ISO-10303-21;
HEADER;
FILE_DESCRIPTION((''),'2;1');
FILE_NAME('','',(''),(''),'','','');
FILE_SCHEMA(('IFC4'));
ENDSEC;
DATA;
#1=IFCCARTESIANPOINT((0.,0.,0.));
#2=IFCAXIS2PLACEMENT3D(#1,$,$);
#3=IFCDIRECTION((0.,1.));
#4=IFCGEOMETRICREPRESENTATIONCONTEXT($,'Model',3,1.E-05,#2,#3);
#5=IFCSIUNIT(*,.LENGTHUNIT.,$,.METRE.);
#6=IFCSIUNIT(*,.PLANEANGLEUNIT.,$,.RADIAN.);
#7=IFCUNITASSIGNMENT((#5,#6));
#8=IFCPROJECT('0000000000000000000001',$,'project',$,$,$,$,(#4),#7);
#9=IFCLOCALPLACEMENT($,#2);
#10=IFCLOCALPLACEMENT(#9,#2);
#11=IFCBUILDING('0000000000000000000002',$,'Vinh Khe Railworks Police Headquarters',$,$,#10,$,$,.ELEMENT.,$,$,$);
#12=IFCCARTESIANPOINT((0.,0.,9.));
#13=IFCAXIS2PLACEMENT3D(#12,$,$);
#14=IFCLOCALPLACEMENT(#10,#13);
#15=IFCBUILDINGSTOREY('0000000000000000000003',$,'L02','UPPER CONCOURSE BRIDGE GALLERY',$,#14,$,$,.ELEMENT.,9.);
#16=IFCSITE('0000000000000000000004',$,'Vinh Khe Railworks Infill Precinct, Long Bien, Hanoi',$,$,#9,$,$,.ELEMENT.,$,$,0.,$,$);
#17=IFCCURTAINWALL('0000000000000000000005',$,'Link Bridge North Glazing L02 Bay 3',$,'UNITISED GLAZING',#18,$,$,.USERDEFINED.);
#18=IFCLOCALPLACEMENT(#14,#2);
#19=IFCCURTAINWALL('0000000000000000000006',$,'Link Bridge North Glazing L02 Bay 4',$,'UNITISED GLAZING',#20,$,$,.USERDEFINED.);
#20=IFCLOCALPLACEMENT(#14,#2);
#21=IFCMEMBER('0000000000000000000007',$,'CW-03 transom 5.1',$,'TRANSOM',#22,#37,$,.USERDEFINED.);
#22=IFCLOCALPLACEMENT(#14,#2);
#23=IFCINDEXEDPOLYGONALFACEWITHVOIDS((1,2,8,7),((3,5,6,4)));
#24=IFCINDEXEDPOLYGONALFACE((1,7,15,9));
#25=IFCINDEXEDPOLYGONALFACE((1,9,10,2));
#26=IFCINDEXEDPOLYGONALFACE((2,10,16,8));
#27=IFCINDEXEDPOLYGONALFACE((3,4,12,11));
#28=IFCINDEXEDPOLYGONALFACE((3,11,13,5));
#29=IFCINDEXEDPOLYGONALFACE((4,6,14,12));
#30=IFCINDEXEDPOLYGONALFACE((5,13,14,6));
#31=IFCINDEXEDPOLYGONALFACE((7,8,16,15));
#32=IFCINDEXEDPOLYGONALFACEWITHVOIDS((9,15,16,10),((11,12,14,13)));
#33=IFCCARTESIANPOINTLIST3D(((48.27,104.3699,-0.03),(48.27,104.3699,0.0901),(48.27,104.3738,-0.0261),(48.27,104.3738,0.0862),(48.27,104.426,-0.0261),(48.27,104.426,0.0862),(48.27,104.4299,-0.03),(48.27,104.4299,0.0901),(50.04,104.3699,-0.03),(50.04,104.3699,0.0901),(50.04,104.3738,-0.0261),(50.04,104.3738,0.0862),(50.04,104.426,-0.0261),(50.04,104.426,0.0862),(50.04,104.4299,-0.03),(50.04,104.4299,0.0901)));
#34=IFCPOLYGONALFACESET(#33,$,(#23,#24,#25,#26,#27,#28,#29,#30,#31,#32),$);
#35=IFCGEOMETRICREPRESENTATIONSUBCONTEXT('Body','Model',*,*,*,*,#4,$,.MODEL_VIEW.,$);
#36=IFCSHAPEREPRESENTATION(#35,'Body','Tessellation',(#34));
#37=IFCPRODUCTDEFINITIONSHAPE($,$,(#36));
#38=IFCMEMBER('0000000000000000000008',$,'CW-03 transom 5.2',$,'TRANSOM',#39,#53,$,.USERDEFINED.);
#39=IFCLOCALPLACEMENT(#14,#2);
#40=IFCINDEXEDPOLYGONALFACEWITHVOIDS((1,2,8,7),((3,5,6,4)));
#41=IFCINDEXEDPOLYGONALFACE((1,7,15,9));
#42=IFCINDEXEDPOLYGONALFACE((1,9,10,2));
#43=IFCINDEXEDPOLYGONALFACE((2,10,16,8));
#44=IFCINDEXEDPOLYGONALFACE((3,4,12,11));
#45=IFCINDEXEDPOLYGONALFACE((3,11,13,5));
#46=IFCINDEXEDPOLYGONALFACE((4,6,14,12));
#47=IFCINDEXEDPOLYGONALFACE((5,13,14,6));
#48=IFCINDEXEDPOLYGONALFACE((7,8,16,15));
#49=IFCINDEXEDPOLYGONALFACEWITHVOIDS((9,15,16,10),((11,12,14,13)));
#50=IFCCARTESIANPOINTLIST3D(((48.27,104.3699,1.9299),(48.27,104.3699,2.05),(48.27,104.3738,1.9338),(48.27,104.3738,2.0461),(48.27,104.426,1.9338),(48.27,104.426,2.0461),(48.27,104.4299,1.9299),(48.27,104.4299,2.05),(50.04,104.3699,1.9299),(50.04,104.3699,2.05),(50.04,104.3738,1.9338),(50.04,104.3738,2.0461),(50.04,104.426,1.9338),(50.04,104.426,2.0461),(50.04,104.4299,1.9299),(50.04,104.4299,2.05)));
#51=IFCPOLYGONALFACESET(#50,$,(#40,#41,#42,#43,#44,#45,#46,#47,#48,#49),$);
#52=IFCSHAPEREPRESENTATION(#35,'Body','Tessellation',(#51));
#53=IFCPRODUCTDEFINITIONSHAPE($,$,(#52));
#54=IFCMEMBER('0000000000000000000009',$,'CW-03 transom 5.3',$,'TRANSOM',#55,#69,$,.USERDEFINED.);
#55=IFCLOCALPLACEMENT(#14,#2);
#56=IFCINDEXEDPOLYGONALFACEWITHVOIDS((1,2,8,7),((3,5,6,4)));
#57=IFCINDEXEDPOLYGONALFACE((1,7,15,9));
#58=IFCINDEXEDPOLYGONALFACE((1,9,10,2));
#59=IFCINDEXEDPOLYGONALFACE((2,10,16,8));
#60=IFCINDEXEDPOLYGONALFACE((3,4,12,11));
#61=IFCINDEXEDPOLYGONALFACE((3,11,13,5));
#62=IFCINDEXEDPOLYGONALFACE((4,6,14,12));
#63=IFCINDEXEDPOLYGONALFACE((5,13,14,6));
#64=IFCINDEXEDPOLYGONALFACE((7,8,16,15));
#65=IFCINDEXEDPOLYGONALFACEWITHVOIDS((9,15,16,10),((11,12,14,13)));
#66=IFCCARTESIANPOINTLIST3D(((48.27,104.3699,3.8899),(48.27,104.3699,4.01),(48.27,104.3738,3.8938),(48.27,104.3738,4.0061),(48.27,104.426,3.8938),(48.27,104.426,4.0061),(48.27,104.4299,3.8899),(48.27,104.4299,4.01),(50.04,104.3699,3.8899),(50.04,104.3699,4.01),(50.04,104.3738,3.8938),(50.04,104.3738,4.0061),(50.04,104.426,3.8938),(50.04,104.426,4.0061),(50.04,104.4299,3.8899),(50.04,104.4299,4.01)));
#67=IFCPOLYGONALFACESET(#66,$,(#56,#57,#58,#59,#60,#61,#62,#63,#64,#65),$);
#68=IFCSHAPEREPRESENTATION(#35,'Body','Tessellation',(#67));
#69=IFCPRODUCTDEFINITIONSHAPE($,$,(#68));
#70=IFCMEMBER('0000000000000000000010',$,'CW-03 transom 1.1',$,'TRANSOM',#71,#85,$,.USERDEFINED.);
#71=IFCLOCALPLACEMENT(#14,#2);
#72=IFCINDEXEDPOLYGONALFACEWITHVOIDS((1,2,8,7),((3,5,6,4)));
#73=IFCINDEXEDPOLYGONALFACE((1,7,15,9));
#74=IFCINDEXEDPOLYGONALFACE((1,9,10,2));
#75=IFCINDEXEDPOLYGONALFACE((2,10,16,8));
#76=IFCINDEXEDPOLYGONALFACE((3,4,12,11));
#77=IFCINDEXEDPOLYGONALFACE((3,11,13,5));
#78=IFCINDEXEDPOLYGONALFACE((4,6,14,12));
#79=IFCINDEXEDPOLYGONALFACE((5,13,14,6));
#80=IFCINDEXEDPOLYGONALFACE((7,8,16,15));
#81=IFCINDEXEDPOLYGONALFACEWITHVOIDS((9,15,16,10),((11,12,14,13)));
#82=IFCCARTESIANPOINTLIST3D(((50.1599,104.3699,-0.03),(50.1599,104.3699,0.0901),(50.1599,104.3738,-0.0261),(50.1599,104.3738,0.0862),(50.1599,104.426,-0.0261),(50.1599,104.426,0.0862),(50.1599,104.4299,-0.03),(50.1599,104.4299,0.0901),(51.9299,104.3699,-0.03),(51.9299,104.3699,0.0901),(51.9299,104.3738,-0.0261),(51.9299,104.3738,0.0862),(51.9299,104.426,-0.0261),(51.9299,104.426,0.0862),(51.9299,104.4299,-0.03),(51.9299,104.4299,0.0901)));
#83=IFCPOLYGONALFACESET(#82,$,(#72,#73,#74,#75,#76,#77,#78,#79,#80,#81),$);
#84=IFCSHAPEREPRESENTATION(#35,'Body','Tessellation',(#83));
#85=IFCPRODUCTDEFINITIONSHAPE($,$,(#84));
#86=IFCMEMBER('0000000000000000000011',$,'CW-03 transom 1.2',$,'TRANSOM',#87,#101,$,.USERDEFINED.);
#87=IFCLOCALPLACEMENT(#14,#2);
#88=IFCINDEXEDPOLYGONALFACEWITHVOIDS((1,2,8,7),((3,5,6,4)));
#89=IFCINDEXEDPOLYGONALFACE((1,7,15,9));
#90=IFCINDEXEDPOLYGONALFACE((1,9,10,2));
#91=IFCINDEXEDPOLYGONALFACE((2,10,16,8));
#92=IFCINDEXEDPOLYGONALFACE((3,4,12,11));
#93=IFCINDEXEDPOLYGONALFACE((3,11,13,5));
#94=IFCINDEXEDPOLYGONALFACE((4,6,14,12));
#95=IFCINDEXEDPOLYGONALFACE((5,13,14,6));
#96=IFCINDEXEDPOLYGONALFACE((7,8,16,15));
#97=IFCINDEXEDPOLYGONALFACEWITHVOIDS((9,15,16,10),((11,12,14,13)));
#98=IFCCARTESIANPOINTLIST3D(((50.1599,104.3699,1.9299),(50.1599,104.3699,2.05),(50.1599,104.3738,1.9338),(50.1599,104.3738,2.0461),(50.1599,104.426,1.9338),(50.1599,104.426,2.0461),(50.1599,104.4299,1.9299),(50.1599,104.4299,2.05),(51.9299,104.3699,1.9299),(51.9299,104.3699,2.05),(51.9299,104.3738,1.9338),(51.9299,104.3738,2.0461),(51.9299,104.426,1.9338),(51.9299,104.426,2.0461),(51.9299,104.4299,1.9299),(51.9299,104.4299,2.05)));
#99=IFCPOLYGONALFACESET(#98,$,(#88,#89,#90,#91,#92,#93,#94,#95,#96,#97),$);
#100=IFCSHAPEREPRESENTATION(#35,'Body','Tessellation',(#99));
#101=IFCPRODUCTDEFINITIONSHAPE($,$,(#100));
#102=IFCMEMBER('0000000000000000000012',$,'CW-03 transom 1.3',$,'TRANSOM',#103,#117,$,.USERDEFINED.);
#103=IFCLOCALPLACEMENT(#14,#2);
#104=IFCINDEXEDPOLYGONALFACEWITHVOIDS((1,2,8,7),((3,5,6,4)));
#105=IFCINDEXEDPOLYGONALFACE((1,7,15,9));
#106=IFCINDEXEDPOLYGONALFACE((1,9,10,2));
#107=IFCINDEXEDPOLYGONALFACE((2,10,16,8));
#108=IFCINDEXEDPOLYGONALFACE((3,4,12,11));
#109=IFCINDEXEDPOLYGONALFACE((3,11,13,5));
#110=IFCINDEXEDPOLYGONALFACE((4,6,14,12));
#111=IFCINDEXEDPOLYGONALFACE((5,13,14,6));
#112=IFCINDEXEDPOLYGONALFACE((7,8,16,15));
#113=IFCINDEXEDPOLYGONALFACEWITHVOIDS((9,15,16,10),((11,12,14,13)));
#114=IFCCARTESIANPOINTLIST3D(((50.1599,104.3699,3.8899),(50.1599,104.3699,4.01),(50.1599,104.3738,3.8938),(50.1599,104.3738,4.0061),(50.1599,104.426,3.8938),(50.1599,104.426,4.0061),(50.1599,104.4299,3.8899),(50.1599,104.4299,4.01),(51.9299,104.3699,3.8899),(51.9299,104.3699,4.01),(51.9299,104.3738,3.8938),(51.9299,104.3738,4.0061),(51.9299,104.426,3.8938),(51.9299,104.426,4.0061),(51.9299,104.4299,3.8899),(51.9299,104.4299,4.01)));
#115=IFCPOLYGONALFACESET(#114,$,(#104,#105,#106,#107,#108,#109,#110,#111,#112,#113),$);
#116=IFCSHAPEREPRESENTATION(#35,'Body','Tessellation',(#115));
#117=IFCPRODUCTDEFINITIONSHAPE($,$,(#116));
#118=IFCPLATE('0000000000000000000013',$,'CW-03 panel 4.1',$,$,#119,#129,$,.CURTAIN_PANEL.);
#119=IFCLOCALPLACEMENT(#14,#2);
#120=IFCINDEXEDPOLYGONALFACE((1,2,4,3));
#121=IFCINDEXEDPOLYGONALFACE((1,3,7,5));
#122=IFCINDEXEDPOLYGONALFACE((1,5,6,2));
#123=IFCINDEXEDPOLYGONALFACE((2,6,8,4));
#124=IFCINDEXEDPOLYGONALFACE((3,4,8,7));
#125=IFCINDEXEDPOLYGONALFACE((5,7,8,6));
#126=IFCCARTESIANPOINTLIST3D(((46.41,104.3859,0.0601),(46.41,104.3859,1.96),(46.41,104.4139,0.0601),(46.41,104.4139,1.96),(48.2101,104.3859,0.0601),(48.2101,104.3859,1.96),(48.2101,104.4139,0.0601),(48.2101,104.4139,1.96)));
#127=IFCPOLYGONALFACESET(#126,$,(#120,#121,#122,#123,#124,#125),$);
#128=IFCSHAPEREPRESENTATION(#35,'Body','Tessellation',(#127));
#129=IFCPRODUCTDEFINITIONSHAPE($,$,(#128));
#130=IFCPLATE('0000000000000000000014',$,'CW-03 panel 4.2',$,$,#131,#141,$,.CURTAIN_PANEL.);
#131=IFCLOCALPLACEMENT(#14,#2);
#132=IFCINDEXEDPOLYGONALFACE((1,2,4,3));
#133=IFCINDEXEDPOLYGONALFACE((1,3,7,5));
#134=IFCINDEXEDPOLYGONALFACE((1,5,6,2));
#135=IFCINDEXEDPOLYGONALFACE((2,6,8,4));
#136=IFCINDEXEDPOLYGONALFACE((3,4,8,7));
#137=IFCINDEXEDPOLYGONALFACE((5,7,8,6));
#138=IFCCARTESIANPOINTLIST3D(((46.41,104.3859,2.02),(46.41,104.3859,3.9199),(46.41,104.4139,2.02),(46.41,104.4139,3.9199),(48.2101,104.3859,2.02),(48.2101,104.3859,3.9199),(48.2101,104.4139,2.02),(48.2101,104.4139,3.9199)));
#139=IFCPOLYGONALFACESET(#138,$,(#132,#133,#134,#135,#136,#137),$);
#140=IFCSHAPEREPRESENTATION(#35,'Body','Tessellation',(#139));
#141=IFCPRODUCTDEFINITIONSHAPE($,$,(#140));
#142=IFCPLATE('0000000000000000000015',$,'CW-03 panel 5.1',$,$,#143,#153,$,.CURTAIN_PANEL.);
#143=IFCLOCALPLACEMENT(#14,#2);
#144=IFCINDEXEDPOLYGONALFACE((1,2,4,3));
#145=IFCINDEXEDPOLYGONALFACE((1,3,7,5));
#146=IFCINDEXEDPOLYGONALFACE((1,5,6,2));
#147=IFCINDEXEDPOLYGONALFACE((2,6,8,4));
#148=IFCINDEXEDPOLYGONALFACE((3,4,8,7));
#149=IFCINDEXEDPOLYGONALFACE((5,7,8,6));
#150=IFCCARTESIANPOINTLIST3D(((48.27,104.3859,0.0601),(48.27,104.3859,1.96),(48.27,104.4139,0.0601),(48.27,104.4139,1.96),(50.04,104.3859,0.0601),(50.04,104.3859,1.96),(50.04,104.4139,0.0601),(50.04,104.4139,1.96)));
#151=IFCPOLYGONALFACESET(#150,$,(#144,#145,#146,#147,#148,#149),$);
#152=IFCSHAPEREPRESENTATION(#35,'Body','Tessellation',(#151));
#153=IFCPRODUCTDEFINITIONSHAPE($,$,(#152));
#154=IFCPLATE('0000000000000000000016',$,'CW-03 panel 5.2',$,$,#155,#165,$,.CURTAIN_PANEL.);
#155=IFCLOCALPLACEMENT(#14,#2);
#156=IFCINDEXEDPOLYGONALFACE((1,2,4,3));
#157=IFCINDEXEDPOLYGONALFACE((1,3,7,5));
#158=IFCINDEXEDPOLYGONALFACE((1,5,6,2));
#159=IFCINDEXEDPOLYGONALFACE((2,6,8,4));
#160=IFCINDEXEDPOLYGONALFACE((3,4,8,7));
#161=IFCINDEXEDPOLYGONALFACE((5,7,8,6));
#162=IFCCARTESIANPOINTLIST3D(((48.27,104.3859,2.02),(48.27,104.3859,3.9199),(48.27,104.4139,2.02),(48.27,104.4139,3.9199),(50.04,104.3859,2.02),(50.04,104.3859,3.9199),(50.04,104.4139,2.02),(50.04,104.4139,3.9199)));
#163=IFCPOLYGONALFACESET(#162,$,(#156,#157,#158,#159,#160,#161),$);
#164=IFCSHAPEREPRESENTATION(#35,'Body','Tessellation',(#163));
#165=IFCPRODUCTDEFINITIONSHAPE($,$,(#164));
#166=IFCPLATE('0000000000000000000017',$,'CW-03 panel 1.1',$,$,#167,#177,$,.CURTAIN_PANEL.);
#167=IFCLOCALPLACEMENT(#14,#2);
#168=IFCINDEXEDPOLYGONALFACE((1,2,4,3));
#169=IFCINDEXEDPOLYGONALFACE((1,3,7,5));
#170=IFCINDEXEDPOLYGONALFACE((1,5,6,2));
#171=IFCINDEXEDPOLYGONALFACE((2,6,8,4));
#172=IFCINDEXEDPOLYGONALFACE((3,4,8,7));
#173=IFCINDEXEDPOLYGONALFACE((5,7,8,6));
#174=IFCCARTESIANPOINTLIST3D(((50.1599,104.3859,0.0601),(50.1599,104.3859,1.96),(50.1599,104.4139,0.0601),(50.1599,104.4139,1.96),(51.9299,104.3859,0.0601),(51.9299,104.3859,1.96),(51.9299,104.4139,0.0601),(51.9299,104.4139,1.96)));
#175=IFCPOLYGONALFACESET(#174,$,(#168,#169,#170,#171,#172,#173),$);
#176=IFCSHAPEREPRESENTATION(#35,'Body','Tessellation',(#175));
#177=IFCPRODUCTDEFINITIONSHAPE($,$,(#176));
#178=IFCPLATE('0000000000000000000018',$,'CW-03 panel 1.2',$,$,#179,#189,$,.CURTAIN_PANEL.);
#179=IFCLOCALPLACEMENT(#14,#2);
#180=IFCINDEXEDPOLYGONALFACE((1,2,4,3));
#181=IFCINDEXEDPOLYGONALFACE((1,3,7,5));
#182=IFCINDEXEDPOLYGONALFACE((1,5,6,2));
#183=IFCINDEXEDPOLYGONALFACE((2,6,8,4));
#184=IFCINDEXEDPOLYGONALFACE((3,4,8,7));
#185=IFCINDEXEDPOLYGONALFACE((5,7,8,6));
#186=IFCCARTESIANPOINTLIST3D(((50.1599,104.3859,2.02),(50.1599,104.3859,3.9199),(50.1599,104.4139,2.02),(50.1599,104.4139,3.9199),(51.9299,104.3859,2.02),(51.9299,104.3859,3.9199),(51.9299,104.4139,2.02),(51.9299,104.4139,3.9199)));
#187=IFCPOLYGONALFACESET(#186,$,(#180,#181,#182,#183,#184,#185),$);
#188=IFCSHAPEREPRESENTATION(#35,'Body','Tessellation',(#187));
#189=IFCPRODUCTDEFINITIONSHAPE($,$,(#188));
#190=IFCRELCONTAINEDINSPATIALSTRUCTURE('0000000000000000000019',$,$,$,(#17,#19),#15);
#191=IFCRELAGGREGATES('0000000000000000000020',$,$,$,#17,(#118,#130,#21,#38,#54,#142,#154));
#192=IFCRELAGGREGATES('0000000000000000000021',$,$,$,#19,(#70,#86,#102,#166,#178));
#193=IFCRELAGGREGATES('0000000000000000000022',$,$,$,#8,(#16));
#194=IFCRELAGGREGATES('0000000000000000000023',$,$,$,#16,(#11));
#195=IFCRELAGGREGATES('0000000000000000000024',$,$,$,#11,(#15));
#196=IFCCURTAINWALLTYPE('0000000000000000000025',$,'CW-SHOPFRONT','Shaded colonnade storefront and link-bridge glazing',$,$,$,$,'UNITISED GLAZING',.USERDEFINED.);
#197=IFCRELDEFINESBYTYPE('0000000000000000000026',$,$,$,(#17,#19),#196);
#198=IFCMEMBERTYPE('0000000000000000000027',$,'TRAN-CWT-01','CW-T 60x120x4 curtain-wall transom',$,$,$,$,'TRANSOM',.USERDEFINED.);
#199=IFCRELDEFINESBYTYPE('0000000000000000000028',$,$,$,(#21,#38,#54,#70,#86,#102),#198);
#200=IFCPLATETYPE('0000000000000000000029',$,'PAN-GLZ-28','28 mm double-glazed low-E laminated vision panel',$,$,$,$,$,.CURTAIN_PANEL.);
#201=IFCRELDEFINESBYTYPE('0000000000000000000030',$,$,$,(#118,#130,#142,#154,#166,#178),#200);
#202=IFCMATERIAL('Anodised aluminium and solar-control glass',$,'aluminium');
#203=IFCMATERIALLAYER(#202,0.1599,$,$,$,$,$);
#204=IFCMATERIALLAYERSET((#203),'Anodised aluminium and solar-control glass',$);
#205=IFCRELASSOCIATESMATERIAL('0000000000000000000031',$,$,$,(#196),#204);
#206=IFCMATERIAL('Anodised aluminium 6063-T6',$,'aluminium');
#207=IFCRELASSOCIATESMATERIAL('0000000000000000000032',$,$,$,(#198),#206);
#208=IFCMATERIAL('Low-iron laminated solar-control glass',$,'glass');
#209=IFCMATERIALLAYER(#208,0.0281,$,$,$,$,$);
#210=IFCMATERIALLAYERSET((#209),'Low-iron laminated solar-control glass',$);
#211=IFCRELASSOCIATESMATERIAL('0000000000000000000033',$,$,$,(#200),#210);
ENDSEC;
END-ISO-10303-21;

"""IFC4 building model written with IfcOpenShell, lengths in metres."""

from ifc_helpers import new_model, si_unit, direction, frame, origin, origin_2d, place, context, subcontext, project, spatial, rectangle, hollow_rectangle, extrude, material, layer, layer_set, material_profile, profile_set, type_object, element, aggregate, save


model = new_model("IFC4")

# Units and contexts
model_context = context("Model", 3, precision=1e-05, world=origin(), true_north=direction((0.0, 1.0)))
body_context = subcontext(model_context, "Body", "Model", "MODEL_VIEW")
ifc_project = project(units=[si_unit("LENGTHUNIT", "METRE"), si_unit("PLANEANGLEUNIT", "RADIAN")], contexts=[model_context])

# Site, building, storey
site_placement = place(None, origin())
site = spatial("IfcSite", under=ifc_project, at=site_placement, Name="Vinh Khe Railworks Infill Precinct, Long Bien, Hanoi", CompositionType="ELEMENT", RefElevation=0.0)
building_placement = place(site_placement, origin())
building = spatial("IfcBuilding", under=site, at=building_placement, Name="Vinh Khe Railworks Police Headquarters", CompositionType="ELEMENT")
storey_placement = place(building_placement, frame((0.0, 0.0, 9.0)))
storey = spatial("IfcBuildingStorey", under=building, at=storey_placement, Name="L02", Description="UPPER CONCOURSE BRIDGE GALLERY", CompositionType="ELEMENT", Elevation=9.0)

# Curtain walls
ifc_material_1 = material(Name="Anodised aluminium and solar-control glass", Category="aluminium")
ifc_layer_1 = layer(ifc_material_1, 0.1599)
ifc_layer_set_1 = layer_set([ifc_layer_1], Name="Anodised aluminium and solar-control glass")
curtain_wall_type = type_object("IfcCurtainWallType", Name="CW-SHOPFRONT", Description="Shaded colonnade storefront and link-bridge glazing", ElementType="UNITISED GLAZING", PredefinedType="USERDEFINED", material=ifc_layer_set_1)
curtain_wall_1_placement = place(storey_placement, origin())
curtain_wall_1 = element("IfcCurtainWall", 1, at=curtain_wall_1_placement, inside=storey, type_object=curtain_wall_type, Name="Link Bridge North Glazing L02 Bay 3", ObjectType="UNITISED GLAZING", PredefinedType="USERDEFINED")
ifc_material_2 = material(Name="Anodised aluminium 6063-T6", Category="aluminium")
curtain_wall_2_placement = place(storey_placement, origin())
curtain_wall_2 = element("IfcCurtainWall", 2, at=curtain_wall_2_placement, inside=storey, type_object=curtain_wall_type, Name="Link Bridge North Glazing L02 Bay 4", ObjectType="UNITISED GLAZING", PredefinedType="USERDEFINED")

# Members
ifc_material_profile_1 = material_profile(ifc_material_2, hollow_rectangle(XDim=0.0601, YDim=0.1201, WallThickness=0.0039, at=origin_2d()), Name="CW-T 60x120x4")
ifc_profile_set_1 = profile_set([ifc_material_profile_1], Name="Anodised aluminium 6063-T6")
member_type_1 = type_object("IfcMemberType", Name="TRAN-CWT-01", Description="CW-T 60x120x4 curtain-wall transom", ElementType="TRANSOM", PredefinedType="USERDEFINED", material=ifc_profile_set_1)
member_1_placement = place(storey_placement, frame((48.27, 104.3999, 0.03), z_axis=(1.0, 0.0, 0.0), x_axis=(0.0, 1.0, 0.0)))
member_1 = element("IfcMember", 3, at=member_1_placement, type_object=member_type_1, Name="CW-03 transom 5.1", ObjectType="TRANSOM", PredefinedType="USERDEFINED", context=body_context, shape_type="SweptSolid", body=[
    extrude(hollow_rectangle(XDim=0.0601, YDim=0.1201, WallThickness=0.0039, at=origin_2d()), origin(), (0.0, 0.0, 1.0), 1.77),
])
member_2_placement = place(storey_placement, frame((48.27, 104.3999, 1.99), z_axis=(1.0, 0.0, 0.0), x_axis=(0.0, 1.0, 0.0)))
member_2 = element("IfcMember", 4, at=member_2_placement, type_object=member_type_1, Name="CW-03 transom 5.2", ObjectType="TRANSOM", PredefinedType="USERDEFINED", context=body_context, shape_type="SweptSolid", body=[
    extrude(hollow_rectangle(XDim=0.0601, YDim=0.1201, WallThickness=0.0039, at=origin_2d()), origin(), (0.0, 0.0, 1.0), 1.77),
])
member_3_placement = place(storey_placement, frame((48.27, 104.3999, 3.95), z_axis=(1.0, 0.0, 0.0), x_axis=(0.0, 1.0, 0.0)))
member_3 = element("IfcMember", 5, at=member_3_placement, type_object=member_type_1, Name="CW-03 transom 5.3", ObjectType="TRANSOM", PredefinedType="USERDEFINED", context=body_context, shape_type="SweptSolid", body=[
    extrude(hollow_rectangle(XDim=0.0601, YDim=0.1201, WallThickness=0.0039, at=origin_2d()), origin(), (0.0, 0.0, 1.0), 1.77),
])
member_4_placement = place(storey_placement, frame((50.1599, 104.3999, 0.03), z_axis=(1.0, 0.0, 0.0), x_axis=(0.0, 1.0, 0.0)))
member_4 = element("IfcMember", 6, at=member_4_placement, type_object=member_type_1, Name="CW-03 transom 1.1", ObjectType="TRANSOM", PredefinedType="USERDEFINED", context=body_context, shape_type="SweptSolid", body=[
    extrude(hollow_rectangle(XDim=0.0601, YDim=0.1201, WallThickness=0.0039, at=origin_2d()), origin(), (0.0, 0.0, 1.0), 1.77),
])
member_5_placement = place(storey_placement, frame((50.1599, 104.3999, 1.99), z_axis=(1.0, 0.0, 0.0), x_axis=(0.0, 1.0, 0.0)))
member_5 = element("IfcMember", 7, at=member_5_placement, type_object=member_type_1, Name="CW-03 transom 1.2", ObjectType="TRANSOM", PredefinedType="USERDEFINED", context=body_context, shape_type="SweptSolid", body=[
    extrude(hollow_rectangle(XDim=0.0601, YDim=0.1201, WallThickness=0.0039, at=origin_2d()), origin(), (0.0, 0.0, 1.0), 1.77),
])
member_6_placement = place(storey_placement, frame((50.1599, 104.3999, 3.95), z_axis=(1.0, 0.0, 0.0), x_axis=(0.0, 1.0, 0.0)))
member_6 = element("IfcMember", 8, at=member_6_placement, type_object=member_type_1, Name="CW-03 transom 1.3", ObjectType="TRANSOM", PredefinedType="USERDEFINED", context=body_context, shape_type="SweptSolid", body=[
    extrude(hollow_rectangle(XDim=0.0601, YDim=0.1201, WallThickness=0.0039, at=origin_2d()), origin(), (0.0, 0.0, 1.0), 1.77),
])

# Plates
ifc_material_3 = material(Name="Low-iron laminated solar-control glass", Category="glass")
ifc_layer_2 = layer(ifc_material_3, 0.0281)
ifc_layer_set_2 = layer_set([ifc_layer_2], Name="Low-iron laminated solar-control glass")
plate_type = type_object("IfcPlateType", Name="PAN-GLZ-28", Description="28 mm double-glazed low-E laminated vision panel", PredefinedType="CURTAIN_PANEL", material=ifc_layer_set_2)
plate_1_placement = place(storey_placement, frame((47.3101, 104.3999, 0.0601), z_axis=(0.0, 0.0, 1.0), x_axis=(1.0, 0.0, 0.0)))
plate_1 = element("IfcPlate", 9, at=plate_1_placement, type_object=plate_type, Name="CW-03 panel 4.1", PredefinedType="CURTAIN_PANEL", context=body_context, shape_type="SweptSolid", body=[
    extrude(rectangle(XDim=1.8, YDim=0.0281, at=origin_2d()), origin(), (0.0, 0.0, 1.0), 1.8999),
])
plate_2_placement = place(storey_placement, frame((47.3101, 104.3999, 2.02), z_axis=(0.0, 0.0, 1.0), x_axis=(1.0, 0.0, 0.0)))
plate_2 = element("IfcPlate", 10, at=plate_2_placement, type_object=plate_type, Name="CW-03 panel 4.2", PredefinedType="CURTAIN_PANEL", context=body_context, shape_type="SweptSolid", body=[
    extrude(rectangle(XDim=1.8, YDim=0.0281, at=origin_2d()), origin(), (0.0, 0.0, 1.0), 1.8999),
])
plate_3_placement = place(storey_placement, frame((49.155, 104.3999, 0.0601), z_axis=(0.0, 0.0, 1.0), x_axis=(1.0, 0.0, 0.0)))
plate_3 = element("IfcPlate", 11, at=plate_3_placement, type_object=plate_type, Name="CW-03 panel 5.1", PredefinedType="CURTAIN_PANEL", context=body_context, shape_type="SweptSolid", body=[
    extrude(rectangle(XDim=1.77, YDim=0.0281, at=origin_2d()), origin(), (0.0, 0.0, 1.0), 1.8999),
])
plate_4_placement = place(storey_placement, frame((49.155, 104.3999, 2.02), z_axis=(0.0, 0.0, 1.0), x_axis=(1.0, 0.0, 0.0)))
plate_4 = element("IfcPlate", 12, at=plate_4_placement, type_object=plate_type, Name="CW-03 panel 5.2", PredefinedType="CURTAIN_PANEL", context=body_context, shape_type="SweptSolid", body=[
    extrude(rectangle(XDim=1.77, YDim=0.0281, at=origin_2d()), origin(), (0.0, 0.0, 1.0), 1.8999),
])
aggregate(curtain_wall_1, [plate_1, plate_2, member_1, member_2, member_3, plate_3, plate_4])
plate_5_placement = place(storey_placement, frame((51.0449, 104.3999, 0.0601), z_axis=(0.0, 0.0, 1.0), x_axis=(1.0, 0.0, 0.0)))
plate_5 = element("IfcPlate", 13, at=plate_5_placement, type_object=plate_type, Name="CW-03 panel 1.1", PredefinedType="CURTAIN_PANEL", context=body_context, shape_type="SweptSolid", body=[
    extrude(rectangle(XDim=1.77, YDim=0.0281, at=origin_2d()), origin(), (0.0, 0.0, 1.0), 1.8999),
])
plate_6_placement = place(storey_placement, frame((51.0449, 104.3999, 2.02), z_axis=(0.0, 0.0, 1.0), x_axis=(1.0, 0.0, 0.0)))
plate_6 = element("IfcPlate", 14, at=plate_6_placement, type_object=plate_type, Name="CW-03 panel 1.2", PredefinedType="CURTAIN_PANEL", context=body_context, shape_type="SweptSolid", body=[
    extrude(rectangle(XDim=1.77, YDim=0.0281, at=origin_2d()), origin(), (0.0, 0.0, 1.0), 1.8999),
])
aggregate(curtain_wall_2, [member_4, member_5, member_6, plate_5, plate_6])

save(model, "model.ifc")
